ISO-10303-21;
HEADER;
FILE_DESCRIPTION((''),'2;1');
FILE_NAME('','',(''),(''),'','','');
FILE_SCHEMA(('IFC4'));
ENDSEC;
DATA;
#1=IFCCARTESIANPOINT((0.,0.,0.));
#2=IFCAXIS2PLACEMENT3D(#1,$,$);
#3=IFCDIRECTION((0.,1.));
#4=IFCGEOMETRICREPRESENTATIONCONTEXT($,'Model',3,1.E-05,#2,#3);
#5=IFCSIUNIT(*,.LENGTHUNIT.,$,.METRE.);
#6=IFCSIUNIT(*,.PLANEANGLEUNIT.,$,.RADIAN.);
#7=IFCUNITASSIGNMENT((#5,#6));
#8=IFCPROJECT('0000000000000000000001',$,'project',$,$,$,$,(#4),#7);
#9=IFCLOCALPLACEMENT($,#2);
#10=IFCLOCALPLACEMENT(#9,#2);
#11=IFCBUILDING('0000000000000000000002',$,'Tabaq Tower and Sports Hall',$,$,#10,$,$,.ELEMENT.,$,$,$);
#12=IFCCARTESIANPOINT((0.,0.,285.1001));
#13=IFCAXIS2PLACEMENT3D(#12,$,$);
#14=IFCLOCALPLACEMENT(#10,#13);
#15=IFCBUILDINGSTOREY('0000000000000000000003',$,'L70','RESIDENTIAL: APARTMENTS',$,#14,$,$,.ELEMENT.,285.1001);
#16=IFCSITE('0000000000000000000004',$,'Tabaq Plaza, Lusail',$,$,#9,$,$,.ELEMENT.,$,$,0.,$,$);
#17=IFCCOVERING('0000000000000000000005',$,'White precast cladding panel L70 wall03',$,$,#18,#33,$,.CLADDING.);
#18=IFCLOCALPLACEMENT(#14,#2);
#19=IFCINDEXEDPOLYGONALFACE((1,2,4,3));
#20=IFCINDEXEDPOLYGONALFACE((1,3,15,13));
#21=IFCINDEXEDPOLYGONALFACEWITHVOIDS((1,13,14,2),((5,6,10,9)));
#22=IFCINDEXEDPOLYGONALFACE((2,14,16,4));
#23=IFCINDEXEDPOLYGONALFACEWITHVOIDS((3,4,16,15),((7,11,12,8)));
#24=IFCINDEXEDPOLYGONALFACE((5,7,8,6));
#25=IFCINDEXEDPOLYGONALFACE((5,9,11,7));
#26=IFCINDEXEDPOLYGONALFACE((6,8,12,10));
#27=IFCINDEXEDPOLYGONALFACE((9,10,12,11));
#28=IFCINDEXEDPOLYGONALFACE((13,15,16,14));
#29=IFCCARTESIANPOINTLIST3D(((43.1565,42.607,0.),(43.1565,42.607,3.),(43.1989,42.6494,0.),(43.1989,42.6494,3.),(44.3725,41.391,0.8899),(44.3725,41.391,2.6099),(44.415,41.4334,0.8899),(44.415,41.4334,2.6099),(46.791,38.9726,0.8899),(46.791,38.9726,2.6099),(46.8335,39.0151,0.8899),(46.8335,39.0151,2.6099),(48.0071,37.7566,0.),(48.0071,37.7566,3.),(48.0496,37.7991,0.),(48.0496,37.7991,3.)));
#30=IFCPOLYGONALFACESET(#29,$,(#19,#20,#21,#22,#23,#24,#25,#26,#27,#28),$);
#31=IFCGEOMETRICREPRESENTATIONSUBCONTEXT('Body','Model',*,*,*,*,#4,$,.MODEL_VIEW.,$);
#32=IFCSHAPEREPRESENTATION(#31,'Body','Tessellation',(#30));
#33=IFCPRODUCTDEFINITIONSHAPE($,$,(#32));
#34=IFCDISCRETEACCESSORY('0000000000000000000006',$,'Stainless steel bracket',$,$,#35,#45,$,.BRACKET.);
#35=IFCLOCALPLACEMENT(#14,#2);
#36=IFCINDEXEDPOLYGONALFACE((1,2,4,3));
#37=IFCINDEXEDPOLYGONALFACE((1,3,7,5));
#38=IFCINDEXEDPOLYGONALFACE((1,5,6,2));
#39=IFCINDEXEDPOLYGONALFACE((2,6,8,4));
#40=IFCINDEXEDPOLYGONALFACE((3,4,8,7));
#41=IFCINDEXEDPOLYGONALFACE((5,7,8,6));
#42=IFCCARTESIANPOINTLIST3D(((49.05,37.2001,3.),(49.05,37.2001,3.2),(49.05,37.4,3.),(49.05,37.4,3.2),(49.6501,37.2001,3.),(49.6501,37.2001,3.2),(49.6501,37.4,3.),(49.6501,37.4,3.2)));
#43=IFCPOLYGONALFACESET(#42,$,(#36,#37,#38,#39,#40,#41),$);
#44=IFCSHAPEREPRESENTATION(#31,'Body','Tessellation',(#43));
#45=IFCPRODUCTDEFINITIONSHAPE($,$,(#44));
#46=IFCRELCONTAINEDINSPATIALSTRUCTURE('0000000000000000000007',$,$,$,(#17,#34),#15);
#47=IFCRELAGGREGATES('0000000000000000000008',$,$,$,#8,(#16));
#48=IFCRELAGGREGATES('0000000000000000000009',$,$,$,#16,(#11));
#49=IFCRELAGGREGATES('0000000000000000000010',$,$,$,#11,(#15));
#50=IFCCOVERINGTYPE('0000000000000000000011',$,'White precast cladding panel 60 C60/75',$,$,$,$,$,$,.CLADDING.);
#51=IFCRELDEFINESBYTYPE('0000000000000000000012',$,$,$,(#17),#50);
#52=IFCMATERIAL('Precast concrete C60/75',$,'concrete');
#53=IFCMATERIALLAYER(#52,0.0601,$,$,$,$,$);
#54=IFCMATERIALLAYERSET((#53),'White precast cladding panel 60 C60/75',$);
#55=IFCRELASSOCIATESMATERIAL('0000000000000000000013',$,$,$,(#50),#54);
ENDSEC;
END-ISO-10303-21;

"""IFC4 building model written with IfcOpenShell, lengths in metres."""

from ifc_helpers import new_model, si_unit, direction, frame, origin, origin_2d, place, context, subcontext, project, spatial, polyline, rectangle, outline, extrude, material, layer, layer_set, type_object, element, save


model = new_model("IFC4")

# Units and contexts
model_context = context("Model", 3, precision=1e-05, world=origin(), true_north=direction((0.0, 1.0)))
body_context = subcontext(model_context, "Body", "Model", "MODEL_VIEW")
ifc_project = project(units=[si_unit("LENGTHUNIT", "METRE"), si_unit("PLANEANGLEUNIT", "RADIAN")], contexts=[model_context])

# Site, building, storey
site_placement = place(None, origin())
site = spatial("IfcSite", under=ifc_project, at=site_placement, Name="Tabaq Plaza, Lusail", CompositionType="ELEMENT", RefElevation=0.0)
building_placement = place(site_placement, origin())
building = spatial("IfcBuilding", under=site, at=building_placement, Name="Tabaq Tower and Sports Hall", CompositionType="ELEMENT")
storey_placement = place(building_placement, frame((0.0, 0.0, 285.1001)))
storey = spatial("IfcBuildingStorey", under=building, at=storey_placement, Name="L70", Description="RESIDENTIAL: APARTMENTS", CompositionType="ELEMENT", Elevation=285.1001)

# Covering
ifc_material_1 = material(Name="Precast concrete C60/75", Category="concrete")
ifc_layer_1 = layer(ifc_material_1, 0.0601)
ifc_layer_set_1 = layer_set([ifc_layer_1], Name="White precast cladding panel 60 C60/75")
covering_type_1 = type_object("IfcCoveringType", Name="White precast cladding panel 60 C60/75", PredefinedType="CLADDING", material=ifc_layer_set_1)
covering_1_placement = place(storey_placement, frame((48.0283, 37.7778, 0.0), z_axis=(0.0, 0.0, 1.0), x_axis=(-0.707125, 0.707089, 0.0)))
element("IfcCovering", 1, at=covering_1_placement, inside=storey, type_object=covering_type_1, Name="White precast cladding panel L70 wall03", PredefinedType="CLADDING", context=body_context, shape_type="SweptSolid", body=[
    extrude(outline(polyline([(0.0, 0.0), (6.8596, 0.0), (6.8596, 3.0), (0.0, 3.0), (0.0, 0.0)]), holes=[polyline([(1.7197, 0.8899), (1.7197, 2.6099), (5.1399, 2.6099), (5.1399, 0.8899), (1.7197, 0.8899)])]), frame((0.0, 0.03, 0.0), z_axis=(0.0, -1.0, 0.0), x_axis=(1.0, 0.0, 0.0)), (0.0, 0.0, 1.0), 0.0601),
])

# Discrete accessory
discrete_accessory_placement = place(storey_placement, frame((49.3501, 37.3, 3.0), z_axis=(0.0, 0.0, 1.0), x_axis=(1.0, 0.0, 0.0)))
element("IfcDiscreteAccessory", 2, at=discrete_accessory_placement, inside=storey, Name="Stainless steel bracket", PredefinedType="BRACKET", context=body_context, shape_type="SweptSolid", body=[
    extrude(rectangle(XDim=0.6001, YDim=0.2, at=origin_2d()), origin(), (0.0, 0.0, 1.0), 0.2),
])

save(model, "model.ifc")
